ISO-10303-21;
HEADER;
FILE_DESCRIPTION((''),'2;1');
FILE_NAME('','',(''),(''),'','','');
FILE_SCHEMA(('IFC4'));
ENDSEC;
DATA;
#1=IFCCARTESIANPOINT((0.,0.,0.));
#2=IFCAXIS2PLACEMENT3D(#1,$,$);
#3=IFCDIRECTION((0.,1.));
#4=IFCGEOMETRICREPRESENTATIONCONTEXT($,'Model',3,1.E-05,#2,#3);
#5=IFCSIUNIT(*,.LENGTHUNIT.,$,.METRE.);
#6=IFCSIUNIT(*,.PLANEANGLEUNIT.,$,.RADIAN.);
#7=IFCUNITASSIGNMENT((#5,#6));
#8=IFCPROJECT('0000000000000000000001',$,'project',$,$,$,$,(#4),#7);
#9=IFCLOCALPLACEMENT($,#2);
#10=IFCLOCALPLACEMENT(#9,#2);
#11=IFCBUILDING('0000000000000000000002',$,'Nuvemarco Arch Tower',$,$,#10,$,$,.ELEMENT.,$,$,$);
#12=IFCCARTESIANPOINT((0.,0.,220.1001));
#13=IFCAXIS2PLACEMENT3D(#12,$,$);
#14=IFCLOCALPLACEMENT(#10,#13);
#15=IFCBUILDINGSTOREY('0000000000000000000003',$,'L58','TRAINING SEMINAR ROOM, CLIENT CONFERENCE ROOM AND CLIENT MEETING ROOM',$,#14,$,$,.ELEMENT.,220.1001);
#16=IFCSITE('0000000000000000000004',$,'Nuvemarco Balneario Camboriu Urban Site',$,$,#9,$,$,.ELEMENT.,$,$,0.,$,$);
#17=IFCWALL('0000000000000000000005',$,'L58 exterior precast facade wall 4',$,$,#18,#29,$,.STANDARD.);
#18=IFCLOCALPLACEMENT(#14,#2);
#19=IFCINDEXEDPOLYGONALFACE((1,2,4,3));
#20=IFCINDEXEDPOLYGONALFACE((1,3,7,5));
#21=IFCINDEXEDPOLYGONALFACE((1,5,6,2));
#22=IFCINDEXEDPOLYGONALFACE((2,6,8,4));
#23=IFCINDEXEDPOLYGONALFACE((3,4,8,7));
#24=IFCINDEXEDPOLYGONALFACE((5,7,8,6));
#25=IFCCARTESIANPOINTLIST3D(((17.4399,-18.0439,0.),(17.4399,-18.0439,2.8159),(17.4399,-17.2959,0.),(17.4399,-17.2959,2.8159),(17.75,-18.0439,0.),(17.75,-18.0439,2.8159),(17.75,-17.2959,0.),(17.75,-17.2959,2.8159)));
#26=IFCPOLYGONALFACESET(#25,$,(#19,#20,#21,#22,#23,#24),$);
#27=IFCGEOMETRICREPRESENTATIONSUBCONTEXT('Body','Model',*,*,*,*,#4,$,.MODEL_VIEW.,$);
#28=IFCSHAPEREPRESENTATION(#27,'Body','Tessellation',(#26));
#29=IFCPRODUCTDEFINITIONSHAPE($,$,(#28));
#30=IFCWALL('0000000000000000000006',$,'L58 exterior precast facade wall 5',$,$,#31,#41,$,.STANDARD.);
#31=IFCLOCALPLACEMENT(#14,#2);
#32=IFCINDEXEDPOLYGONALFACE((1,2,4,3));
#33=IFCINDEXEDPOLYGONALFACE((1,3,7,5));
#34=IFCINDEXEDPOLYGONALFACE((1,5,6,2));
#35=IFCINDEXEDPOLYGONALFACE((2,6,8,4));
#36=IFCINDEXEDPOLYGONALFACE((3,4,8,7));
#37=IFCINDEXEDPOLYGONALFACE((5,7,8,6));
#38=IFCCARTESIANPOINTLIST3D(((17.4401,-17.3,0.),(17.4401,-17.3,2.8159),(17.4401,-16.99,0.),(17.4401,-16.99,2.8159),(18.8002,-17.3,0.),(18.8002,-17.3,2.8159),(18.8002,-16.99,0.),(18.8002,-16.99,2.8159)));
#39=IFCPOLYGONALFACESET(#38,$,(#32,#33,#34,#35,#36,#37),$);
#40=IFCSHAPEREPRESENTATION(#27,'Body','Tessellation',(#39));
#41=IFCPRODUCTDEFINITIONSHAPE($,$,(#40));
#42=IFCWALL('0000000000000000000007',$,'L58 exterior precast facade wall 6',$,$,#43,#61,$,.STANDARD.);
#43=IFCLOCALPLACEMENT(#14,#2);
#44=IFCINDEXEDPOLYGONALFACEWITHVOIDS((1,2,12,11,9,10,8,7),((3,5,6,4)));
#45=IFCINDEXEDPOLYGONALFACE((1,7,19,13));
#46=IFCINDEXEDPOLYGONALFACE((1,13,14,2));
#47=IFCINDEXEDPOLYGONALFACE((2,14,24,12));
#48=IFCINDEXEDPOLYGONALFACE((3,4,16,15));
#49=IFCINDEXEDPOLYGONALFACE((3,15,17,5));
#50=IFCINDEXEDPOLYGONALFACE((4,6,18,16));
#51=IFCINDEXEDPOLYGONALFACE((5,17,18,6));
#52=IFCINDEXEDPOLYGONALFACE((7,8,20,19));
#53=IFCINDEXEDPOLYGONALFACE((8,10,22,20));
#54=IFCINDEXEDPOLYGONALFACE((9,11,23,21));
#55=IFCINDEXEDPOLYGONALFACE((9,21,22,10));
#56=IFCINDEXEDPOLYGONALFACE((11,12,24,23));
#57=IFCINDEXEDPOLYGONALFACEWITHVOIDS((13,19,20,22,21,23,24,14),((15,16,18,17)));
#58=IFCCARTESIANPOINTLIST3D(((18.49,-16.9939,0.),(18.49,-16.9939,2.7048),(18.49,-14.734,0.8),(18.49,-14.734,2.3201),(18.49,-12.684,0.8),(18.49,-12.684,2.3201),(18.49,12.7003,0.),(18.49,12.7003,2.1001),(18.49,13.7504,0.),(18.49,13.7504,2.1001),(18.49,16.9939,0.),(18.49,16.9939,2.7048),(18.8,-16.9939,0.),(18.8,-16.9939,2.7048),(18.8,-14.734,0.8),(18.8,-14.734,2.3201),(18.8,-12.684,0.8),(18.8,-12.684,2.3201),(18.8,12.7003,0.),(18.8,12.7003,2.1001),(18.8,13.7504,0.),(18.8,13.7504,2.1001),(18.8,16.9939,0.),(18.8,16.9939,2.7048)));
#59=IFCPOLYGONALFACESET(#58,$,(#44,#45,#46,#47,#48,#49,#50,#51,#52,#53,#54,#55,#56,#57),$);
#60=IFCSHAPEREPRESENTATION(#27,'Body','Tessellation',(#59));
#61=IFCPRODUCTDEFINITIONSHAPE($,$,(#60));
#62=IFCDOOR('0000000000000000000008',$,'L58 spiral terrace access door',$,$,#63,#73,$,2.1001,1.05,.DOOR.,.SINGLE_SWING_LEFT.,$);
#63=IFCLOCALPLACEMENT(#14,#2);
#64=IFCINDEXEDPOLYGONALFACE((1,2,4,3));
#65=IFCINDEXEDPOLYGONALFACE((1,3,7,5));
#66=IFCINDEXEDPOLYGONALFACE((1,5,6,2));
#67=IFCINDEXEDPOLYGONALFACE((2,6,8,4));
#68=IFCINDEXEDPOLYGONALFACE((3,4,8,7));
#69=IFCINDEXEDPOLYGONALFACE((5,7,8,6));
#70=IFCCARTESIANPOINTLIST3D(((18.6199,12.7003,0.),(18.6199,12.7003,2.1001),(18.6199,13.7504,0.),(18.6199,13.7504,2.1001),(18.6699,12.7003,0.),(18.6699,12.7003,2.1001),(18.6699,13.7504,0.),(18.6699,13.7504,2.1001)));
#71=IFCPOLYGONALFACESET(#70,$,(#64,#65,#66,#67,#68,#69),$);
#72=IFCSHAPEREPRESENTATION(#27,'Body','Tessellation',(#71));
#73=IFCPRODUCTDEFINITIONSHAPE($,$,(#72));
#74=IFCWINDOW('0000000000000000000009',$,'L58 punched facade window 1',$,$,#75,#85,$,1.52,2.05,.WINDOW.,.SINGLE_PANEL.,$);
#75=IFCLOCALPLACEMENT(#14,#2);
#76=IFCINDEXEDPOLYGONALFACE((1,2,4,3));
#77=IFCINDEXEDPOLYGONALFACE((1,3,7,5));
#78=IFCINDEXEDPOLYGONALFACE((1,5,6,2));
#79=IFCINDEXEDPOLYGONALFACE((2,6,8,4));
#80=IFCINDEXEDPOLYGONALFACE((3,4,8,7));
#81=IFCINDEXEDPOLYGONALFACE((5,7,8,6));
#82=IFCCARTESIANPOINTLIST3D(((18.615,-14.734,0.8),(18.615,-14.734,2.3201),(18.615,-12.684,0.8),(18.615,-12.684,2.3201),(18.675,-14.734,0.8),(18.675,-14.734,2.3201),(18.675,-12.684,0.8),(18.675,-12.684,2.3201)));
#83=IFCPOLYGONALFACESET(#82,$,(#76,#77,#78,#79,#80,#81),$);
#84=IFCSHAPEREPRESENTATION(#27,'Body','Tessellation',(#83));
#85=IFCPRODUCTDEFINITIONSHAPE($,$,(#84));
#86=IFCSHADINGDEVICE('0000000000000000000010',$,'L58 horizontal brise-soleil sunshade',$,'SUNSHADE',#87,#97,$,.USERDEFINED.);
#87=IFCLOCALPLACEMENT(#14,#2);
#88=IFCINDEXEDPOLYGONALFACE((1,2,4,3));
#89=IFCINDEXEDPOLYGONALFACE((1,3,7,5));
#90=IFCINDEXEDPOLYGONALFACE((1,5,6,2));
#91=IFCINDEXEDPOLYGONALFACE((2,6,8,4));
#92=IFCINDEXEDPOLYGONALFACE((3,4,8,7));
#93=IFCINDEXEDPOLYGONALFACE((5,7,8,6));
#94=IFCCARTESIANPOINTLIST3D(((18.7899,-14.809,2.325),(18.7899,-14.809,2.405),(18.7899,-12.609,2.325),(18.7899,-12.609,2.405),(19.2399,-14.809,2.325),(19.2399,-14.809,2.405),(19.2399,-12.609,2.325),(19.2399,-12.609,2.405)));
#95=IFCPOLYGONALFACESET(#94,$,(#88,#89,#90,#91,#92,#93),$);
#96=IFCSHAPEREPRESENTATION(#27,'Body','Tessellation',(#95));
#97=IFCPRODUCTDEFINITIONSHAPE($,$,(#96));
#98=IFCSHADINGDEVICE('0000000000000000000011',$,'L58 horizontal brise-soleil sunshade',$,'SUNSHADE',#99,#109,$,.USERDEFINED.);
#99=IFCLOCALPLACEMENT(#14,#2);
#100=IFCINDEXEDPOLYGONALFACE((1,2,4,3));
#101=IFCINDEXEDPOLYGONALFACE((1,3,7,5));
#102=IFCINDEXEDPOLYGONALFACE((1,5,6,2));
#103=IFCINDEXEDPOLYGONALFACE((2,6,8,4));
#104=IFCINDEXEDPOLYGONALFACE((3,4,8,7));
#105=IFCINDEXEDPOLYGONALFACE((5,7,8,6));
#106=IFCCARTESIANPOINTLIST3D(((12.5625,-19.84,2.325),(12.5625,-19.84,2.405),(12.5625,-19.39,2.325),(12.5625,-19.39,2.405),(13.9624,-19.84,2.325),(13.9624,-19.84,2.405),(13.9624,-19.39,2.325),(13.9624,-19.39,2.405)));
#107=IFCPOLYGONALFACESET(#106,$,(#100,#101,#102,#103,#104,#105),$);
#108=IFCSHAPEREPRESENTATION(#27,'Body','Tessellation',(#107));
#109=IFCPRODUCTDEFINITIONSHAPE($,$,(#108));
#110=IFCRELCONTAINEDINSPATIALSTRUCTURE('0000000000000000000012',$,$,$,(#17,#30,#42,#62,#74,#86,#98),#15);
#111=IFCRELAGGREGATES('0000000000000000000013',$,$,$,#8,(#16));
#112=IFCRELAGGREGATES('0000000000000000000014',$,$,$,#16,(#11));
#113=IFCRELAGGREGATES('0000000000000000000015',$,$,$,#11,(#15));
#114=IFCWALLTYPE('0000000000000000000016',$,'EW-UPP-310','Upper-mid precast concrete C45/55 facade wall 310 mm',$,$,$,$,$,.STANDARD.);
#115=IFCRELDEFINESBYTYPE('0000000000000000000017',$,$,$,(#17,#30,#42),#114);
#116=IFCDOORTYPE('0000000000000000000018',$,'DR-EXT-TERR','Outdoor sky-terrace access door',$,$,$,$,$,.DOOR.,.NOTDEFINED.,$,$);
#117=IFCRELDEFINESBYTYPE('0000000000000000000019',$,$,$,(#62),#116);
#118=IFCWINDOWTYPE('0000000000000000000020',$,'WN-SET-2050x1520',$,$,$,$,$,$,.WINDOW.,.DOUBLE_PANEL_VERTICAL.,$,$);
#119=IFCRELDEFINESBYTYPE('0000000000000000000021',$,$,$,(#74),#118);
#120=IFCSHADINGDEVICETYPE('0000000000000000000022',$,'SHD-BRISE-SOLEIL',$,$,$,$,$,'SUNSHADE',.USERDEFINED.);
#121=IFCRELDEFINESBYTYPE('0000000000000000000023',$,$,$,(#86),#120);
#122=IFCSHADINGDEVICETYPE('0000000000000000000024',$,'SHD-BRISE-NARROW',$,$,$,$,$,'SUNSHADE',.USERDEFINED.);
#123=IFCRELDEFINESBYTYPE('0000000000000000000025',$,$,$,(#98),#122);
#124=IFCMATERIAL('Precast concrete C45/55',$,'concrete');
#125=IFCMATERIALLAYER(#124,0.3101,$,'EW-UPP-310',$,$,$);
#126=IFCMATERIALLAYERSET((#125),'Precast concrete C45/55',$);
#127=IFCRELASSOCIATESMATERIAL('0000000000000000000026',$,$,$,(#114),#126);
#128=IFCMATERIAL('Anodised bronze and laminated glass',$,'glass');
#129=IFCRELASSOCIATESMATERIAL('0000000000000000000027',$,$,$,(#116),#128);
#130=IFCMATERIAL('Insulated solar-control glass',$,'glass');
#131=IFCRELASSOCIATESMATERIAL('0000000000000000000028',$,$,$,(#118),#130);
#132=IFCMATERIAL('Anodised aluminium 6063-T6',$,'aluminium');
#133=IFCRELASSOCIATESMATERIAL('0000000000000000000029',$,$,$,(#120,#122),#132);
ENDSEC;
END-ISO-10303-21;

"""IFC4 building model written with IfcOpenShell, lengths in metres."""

from ifc_helpers import new_model, si_unit, direction, frame, frame_2d, origin, origin_2d, place, context, subcontext, project, spatial, rectangle, extrude, source, transform, mapped, material, layer, layer_set, type_object, type_shapes, element, fill, save


model = new_model("IFC4")

# Units and contexts
model_context = context("Model", 3, precision=1e-05, world=origin(), true_north=direction((0.0, 1.0)))
body_context = subcontext(model_context, "Body", "Model", "MODEL_VIEW")
ifc_project = project(units=[si_unit("LENGTHUNIT", "METRE"), si_unit("PLANEANGLEUNIT", "RADIAN")], contexts=[model_context])

# Site, building, storey
site_placement = place(None, origin())
site = spatial("IfcSite", under=ifc_project, at=site_placement, Name="Nuvemarco Balneario Camboriu Urban Site", CompositionType="ELEMENT", RefElevation=0.0)
building_placement = place(site_placement, origin())
building = spatial("IfcBuilding", under=site, at=building_placement, Name="Nuvemarco Arch Tower", CompositionType="ELEMENT")
storey_placement = place(building_placement, frame((0.0, 0.0, 220.1001)))
storey = spatial("IfcBuildingStorey", under=building, at=storey_placement, Name="L58", Description="TRAINING SEMINAR ROOM, CLIENT CONFERENCE ROOM AND CLIENT MEETING ROOM", CompositionType="ELEMENT", Elevation=220.1001)

# Shared definitions
ifc_material_1 = material(Name="Precast concrete C45/55", Category="concrete")

# Walls
ifc_layer = layer(ifc_material_1, 0.3101, Name="EW-UPP-310")
ifc_layer_set = layer_set([ifc_layer], Name="Precast concrete C45/55")
wall_type = type_object("IfcWallType", Name="EW-UPP-310", Description="Upper-mid precast concrete C45/55 facade wall 310 mm", PredefinedType="STANDARD", material=ifc_layer_set)
wall_1_placement = place(storey_placement, frame((17.595, -18.0439, 0.0), z_axis=(0.0, 0.0, 1.0), x_axis=(0.0, 1.0, 0.0)))
element("IfcWall", 1, at=wall_1_placement, inside=storey, type_object=wall_type, Name="L58 exterior precast facade wall 4", PredefinedType="STANDARD", context=body_context, shape_type="SweptSolid", body=[
    extrude(rectangle(XDim=0.748, YDim=0.3101, at=frame_2d((0.374, 0.0))), origin(), (0.0, 0.0, 1.0), 2.8159),
])
wall_2_placement = place(storey_placement, frame((17.4399, -17.145, 0.0), z_axis=(0.0, 0.0, 1.0), x_axis=(1.0, 0.0, 0.0)))
element("IfcWall", 2, at=wall_2_placement, inside=storey, type_object=wall_type, Name="L58 exterior precast facade wall 5", PredefinedType="STANDARD", context=body_context, shape_type="SweptSolid", body=[
    extrude(rectangle(XDim=1.3601, YDim=0.3101, at=frame_2d((0.6802, 0.0))), origin(), (0.0, 0.0, 1.0), 2.8159),
])

# Wall, openings, door, window
wall_3_placement = place(storey_placement, frame((18.645, -16.9939, 0.0), z_axis=(0.0, 0.0, 1.0), x_axis=(0.0, 1.0, 0.0)))
wall_3 = element("IfcWall", 3, at=wall_3_placement, inside=storey, type_object=wall_type, Name="L58 exterior precast facade wall 6", PredefinedType="STANDARD", context=body_context, shape_type="SweptSolid", body=[
    extrude(rectangle(XDim=33.9878, YDim=0.3101, at=frame_2d((16.9939, 0.0))), origin(), (0.0, 0.0, 1.0), 2.7048),
])
opening_1_placement = place(wall_3_placement, frame((30.7441, 0.0, 0.0), z_axis=(0.0, 0.0, 1.0), x_axis=(-1.0, 0.0, 0.0)))
opening_1 = element("IfcOpeningElement", 4, at=opening_1_placement, cuts=wall_3, PredefinedType="OPENING", context=body_context, shape_type="SweptSolid", body=[
    extrude(rectangle(XDim=1.05, YDim=2.1001, at=frame_2d((0.5249, 1.05))), frame((0.0, 0.165, 0.0), z_axis=(0.0, -1.0, 0.0), x_axis=(1.0, 0.0, 0.0)), (0.0, 0.0, 1.0), 0.3301),
])
opening_2_placement = place(wall_3_placement, frame((2.26, 0.0, 0.8)))
opening_2 = element("IfcOpeningElement", 5, at=opening_2_placement, cuts=wall_3, PredefinedType="OPENING", context=body_context, shape_type="SweptSolid", body=[
    extrude(rectangle(XDim=2.05, YDim=1.52, at=frame_2d((1.0249, 0.76))), frame((0.0, 0.165, 0.0), z_axis=(0.0, -1.0, 0.0), x_axis=(1.0, 0.0, 0.0)), (0.0, 0.0, 1.0), 0.3301),
])
ifc_material_2 = material(Name="Anodised bronze and laminated glass", Category="glass")
door_type = type_object("IfcDoorType", Name="DR-EXT-TERR", Description="Outdoor sky-terrace access door", OperationType="NOTDEFINED", PredefinedType="DOOR", material=ifc_material_2)
shared_shape_1 = source(origin(), body_context, "Body", "SweptSolid", [
    extrude(rectangle(XDim=1.05, YDim=2.1001, at=frame_2d((0.5249, 1.05))), frame((0.0, 0.0249, 0.0), z_axis=(0.0, -1.0, 0.0), x_axis=(1.0, 0.0, 0.0)), (0.0, 0.0, 1.0), 0.05),
])
type_shapes(door_type, [shared_shape_1])
door_placement = place(opening_1_placement, origin())
door = element("IfcDoor", 6, at=door_placement, inside=storey, type_object=door_type, Name="L58 spiral terrace access door", OperationType="SINGLE_SWING_LEFT", OverallHeight=2.1001, OverallWidth=1.05, PredefinedType="DOOR", context=body_context, shape_type="MappedRepresentation", body=[
    mapped(shared_shape_1, transform((0.0, 0.0, 0.0), scale=1.0)),
])
fill(opening_1, door)
ifc_material_3 = material(Name="Insulated solar-control glass", Category="glass")
window_type = type_object("IfcWindowType", Name="WN-SET-2050x1520", PartitioningType="DOUBLE_PANEL_VERTICAL", PredefinedType="WINDOW", material=ifc_material_3)
shared_shape_2 = source(origin(), body_context, "Body", "SweptSolid", [
    extrude(rectangle(XDim=2.05, YDim=1.52, at=frame_2d((1.0249, 0.76))), frame((0.0, 0.03, 0.0), z_axis=(0.0, -1.0, 0.0), x_axis=(1.0, 0.0, 0.0)), (0.0, 0.0, 1.0), 0.0601),
])
type_shapes(window_type, [shared_shape_2])
window_placement = place(opening_2_placement, origin())
window = element("IfcWindow", 7, at=window_placement, inside=storey, type_object=window_type, Name="L58 punched facade window 1", OverallHeight=1.52, OverallWidth=2.05, PartitioningType="SINGLE_PANEL", PredefinedType="WINDOW", context=body_context, shape_type="MappedRepresentation", body=[
    mapped(shared_shape_2, transform((0.0, 0.0, 0.0), scale=1.0)),
])
fill(opening_2, window)

# Shading devices
ifc_material_4 = material(Name="Anodised aluminium 6063-T6", Category="aluminium")
shading_device_type_1 = type_object("IfcShadingDeviceType", Name="SHD-BRISE-SOLEIL", ElementType="SUNSHADE", PredefinedType="USERDEFINED", material=ifc_material_4)
shared_shape_3 = source(origin(), body_context, "Body", "SweptSolid", [
    extrude(rectangle(XDim=2.2, YDim=0.45, at=origin_2d()), origin(), (0.0, 0.0, 1.0), 0.0801),
])
type_shapes(shading_device_type_1, [shared_shape_3])
shading_device_1_placement = place(storey_placement, frame((19.0149, -13.709, 2.325), z_axis=(0.0, 0.0, 1.0), x_axis=(0.0, 1.0, 0.0)))
element("IfcShadingDevice", 8, at=shading_device_1_placement, inside=storey, type_object=shading_device_type_1, Name="L58 horizontal brise-soleil sunshade", ObjectType="SUNSHADE", PredefinedType="USERDEFINED", context=body_context, shape_type="MappedRepresentation", body=[
    mapped(shared_shape_3, transform((0.0, 0.0, 0.0), scale=1.0)),
])
shading_device_type_2 = type_object("IfcShadingDeviceType", Name="SHD-BRISE-NARROW", ElementType="SUNSHADE", PredefinedType="USERDEFINED", material=ifc_material_4)
shared_shape_4 = source(origin(), body_context, "Body", "SweptSolid", [
    extrude(rectangle(XDim=1.3999, YDim=0.45, at=origin_2d()), origin(), (0.0, 0.0, 1.0), 0.0801),
])
type_shapes(shading_device_type_2, [shared_shape_4])
shading_device_2_placement = place(storey_placement, frame((13.2625, -19.615, 2.325), z_axis=(0.0, 0.0, 1.0), x_axis=(1.0, 0.0, 0.0)))
element("IfcShadingDevice", 9, at=shading_device_2_placement, inside=storey, type_object=shading_device_type_2, Name="L58 horizontal brise-soleil sunshade", ObjectType="SUNSHADE", PredefinedType="USERDEFINED", context=body_context, shape_type="MappedRepresentation", body=[
    mapped(shared_shape_4, transform((0.0, 0.0, 0.0), scale=1.0)),
])

save(model, "model.ifc")
